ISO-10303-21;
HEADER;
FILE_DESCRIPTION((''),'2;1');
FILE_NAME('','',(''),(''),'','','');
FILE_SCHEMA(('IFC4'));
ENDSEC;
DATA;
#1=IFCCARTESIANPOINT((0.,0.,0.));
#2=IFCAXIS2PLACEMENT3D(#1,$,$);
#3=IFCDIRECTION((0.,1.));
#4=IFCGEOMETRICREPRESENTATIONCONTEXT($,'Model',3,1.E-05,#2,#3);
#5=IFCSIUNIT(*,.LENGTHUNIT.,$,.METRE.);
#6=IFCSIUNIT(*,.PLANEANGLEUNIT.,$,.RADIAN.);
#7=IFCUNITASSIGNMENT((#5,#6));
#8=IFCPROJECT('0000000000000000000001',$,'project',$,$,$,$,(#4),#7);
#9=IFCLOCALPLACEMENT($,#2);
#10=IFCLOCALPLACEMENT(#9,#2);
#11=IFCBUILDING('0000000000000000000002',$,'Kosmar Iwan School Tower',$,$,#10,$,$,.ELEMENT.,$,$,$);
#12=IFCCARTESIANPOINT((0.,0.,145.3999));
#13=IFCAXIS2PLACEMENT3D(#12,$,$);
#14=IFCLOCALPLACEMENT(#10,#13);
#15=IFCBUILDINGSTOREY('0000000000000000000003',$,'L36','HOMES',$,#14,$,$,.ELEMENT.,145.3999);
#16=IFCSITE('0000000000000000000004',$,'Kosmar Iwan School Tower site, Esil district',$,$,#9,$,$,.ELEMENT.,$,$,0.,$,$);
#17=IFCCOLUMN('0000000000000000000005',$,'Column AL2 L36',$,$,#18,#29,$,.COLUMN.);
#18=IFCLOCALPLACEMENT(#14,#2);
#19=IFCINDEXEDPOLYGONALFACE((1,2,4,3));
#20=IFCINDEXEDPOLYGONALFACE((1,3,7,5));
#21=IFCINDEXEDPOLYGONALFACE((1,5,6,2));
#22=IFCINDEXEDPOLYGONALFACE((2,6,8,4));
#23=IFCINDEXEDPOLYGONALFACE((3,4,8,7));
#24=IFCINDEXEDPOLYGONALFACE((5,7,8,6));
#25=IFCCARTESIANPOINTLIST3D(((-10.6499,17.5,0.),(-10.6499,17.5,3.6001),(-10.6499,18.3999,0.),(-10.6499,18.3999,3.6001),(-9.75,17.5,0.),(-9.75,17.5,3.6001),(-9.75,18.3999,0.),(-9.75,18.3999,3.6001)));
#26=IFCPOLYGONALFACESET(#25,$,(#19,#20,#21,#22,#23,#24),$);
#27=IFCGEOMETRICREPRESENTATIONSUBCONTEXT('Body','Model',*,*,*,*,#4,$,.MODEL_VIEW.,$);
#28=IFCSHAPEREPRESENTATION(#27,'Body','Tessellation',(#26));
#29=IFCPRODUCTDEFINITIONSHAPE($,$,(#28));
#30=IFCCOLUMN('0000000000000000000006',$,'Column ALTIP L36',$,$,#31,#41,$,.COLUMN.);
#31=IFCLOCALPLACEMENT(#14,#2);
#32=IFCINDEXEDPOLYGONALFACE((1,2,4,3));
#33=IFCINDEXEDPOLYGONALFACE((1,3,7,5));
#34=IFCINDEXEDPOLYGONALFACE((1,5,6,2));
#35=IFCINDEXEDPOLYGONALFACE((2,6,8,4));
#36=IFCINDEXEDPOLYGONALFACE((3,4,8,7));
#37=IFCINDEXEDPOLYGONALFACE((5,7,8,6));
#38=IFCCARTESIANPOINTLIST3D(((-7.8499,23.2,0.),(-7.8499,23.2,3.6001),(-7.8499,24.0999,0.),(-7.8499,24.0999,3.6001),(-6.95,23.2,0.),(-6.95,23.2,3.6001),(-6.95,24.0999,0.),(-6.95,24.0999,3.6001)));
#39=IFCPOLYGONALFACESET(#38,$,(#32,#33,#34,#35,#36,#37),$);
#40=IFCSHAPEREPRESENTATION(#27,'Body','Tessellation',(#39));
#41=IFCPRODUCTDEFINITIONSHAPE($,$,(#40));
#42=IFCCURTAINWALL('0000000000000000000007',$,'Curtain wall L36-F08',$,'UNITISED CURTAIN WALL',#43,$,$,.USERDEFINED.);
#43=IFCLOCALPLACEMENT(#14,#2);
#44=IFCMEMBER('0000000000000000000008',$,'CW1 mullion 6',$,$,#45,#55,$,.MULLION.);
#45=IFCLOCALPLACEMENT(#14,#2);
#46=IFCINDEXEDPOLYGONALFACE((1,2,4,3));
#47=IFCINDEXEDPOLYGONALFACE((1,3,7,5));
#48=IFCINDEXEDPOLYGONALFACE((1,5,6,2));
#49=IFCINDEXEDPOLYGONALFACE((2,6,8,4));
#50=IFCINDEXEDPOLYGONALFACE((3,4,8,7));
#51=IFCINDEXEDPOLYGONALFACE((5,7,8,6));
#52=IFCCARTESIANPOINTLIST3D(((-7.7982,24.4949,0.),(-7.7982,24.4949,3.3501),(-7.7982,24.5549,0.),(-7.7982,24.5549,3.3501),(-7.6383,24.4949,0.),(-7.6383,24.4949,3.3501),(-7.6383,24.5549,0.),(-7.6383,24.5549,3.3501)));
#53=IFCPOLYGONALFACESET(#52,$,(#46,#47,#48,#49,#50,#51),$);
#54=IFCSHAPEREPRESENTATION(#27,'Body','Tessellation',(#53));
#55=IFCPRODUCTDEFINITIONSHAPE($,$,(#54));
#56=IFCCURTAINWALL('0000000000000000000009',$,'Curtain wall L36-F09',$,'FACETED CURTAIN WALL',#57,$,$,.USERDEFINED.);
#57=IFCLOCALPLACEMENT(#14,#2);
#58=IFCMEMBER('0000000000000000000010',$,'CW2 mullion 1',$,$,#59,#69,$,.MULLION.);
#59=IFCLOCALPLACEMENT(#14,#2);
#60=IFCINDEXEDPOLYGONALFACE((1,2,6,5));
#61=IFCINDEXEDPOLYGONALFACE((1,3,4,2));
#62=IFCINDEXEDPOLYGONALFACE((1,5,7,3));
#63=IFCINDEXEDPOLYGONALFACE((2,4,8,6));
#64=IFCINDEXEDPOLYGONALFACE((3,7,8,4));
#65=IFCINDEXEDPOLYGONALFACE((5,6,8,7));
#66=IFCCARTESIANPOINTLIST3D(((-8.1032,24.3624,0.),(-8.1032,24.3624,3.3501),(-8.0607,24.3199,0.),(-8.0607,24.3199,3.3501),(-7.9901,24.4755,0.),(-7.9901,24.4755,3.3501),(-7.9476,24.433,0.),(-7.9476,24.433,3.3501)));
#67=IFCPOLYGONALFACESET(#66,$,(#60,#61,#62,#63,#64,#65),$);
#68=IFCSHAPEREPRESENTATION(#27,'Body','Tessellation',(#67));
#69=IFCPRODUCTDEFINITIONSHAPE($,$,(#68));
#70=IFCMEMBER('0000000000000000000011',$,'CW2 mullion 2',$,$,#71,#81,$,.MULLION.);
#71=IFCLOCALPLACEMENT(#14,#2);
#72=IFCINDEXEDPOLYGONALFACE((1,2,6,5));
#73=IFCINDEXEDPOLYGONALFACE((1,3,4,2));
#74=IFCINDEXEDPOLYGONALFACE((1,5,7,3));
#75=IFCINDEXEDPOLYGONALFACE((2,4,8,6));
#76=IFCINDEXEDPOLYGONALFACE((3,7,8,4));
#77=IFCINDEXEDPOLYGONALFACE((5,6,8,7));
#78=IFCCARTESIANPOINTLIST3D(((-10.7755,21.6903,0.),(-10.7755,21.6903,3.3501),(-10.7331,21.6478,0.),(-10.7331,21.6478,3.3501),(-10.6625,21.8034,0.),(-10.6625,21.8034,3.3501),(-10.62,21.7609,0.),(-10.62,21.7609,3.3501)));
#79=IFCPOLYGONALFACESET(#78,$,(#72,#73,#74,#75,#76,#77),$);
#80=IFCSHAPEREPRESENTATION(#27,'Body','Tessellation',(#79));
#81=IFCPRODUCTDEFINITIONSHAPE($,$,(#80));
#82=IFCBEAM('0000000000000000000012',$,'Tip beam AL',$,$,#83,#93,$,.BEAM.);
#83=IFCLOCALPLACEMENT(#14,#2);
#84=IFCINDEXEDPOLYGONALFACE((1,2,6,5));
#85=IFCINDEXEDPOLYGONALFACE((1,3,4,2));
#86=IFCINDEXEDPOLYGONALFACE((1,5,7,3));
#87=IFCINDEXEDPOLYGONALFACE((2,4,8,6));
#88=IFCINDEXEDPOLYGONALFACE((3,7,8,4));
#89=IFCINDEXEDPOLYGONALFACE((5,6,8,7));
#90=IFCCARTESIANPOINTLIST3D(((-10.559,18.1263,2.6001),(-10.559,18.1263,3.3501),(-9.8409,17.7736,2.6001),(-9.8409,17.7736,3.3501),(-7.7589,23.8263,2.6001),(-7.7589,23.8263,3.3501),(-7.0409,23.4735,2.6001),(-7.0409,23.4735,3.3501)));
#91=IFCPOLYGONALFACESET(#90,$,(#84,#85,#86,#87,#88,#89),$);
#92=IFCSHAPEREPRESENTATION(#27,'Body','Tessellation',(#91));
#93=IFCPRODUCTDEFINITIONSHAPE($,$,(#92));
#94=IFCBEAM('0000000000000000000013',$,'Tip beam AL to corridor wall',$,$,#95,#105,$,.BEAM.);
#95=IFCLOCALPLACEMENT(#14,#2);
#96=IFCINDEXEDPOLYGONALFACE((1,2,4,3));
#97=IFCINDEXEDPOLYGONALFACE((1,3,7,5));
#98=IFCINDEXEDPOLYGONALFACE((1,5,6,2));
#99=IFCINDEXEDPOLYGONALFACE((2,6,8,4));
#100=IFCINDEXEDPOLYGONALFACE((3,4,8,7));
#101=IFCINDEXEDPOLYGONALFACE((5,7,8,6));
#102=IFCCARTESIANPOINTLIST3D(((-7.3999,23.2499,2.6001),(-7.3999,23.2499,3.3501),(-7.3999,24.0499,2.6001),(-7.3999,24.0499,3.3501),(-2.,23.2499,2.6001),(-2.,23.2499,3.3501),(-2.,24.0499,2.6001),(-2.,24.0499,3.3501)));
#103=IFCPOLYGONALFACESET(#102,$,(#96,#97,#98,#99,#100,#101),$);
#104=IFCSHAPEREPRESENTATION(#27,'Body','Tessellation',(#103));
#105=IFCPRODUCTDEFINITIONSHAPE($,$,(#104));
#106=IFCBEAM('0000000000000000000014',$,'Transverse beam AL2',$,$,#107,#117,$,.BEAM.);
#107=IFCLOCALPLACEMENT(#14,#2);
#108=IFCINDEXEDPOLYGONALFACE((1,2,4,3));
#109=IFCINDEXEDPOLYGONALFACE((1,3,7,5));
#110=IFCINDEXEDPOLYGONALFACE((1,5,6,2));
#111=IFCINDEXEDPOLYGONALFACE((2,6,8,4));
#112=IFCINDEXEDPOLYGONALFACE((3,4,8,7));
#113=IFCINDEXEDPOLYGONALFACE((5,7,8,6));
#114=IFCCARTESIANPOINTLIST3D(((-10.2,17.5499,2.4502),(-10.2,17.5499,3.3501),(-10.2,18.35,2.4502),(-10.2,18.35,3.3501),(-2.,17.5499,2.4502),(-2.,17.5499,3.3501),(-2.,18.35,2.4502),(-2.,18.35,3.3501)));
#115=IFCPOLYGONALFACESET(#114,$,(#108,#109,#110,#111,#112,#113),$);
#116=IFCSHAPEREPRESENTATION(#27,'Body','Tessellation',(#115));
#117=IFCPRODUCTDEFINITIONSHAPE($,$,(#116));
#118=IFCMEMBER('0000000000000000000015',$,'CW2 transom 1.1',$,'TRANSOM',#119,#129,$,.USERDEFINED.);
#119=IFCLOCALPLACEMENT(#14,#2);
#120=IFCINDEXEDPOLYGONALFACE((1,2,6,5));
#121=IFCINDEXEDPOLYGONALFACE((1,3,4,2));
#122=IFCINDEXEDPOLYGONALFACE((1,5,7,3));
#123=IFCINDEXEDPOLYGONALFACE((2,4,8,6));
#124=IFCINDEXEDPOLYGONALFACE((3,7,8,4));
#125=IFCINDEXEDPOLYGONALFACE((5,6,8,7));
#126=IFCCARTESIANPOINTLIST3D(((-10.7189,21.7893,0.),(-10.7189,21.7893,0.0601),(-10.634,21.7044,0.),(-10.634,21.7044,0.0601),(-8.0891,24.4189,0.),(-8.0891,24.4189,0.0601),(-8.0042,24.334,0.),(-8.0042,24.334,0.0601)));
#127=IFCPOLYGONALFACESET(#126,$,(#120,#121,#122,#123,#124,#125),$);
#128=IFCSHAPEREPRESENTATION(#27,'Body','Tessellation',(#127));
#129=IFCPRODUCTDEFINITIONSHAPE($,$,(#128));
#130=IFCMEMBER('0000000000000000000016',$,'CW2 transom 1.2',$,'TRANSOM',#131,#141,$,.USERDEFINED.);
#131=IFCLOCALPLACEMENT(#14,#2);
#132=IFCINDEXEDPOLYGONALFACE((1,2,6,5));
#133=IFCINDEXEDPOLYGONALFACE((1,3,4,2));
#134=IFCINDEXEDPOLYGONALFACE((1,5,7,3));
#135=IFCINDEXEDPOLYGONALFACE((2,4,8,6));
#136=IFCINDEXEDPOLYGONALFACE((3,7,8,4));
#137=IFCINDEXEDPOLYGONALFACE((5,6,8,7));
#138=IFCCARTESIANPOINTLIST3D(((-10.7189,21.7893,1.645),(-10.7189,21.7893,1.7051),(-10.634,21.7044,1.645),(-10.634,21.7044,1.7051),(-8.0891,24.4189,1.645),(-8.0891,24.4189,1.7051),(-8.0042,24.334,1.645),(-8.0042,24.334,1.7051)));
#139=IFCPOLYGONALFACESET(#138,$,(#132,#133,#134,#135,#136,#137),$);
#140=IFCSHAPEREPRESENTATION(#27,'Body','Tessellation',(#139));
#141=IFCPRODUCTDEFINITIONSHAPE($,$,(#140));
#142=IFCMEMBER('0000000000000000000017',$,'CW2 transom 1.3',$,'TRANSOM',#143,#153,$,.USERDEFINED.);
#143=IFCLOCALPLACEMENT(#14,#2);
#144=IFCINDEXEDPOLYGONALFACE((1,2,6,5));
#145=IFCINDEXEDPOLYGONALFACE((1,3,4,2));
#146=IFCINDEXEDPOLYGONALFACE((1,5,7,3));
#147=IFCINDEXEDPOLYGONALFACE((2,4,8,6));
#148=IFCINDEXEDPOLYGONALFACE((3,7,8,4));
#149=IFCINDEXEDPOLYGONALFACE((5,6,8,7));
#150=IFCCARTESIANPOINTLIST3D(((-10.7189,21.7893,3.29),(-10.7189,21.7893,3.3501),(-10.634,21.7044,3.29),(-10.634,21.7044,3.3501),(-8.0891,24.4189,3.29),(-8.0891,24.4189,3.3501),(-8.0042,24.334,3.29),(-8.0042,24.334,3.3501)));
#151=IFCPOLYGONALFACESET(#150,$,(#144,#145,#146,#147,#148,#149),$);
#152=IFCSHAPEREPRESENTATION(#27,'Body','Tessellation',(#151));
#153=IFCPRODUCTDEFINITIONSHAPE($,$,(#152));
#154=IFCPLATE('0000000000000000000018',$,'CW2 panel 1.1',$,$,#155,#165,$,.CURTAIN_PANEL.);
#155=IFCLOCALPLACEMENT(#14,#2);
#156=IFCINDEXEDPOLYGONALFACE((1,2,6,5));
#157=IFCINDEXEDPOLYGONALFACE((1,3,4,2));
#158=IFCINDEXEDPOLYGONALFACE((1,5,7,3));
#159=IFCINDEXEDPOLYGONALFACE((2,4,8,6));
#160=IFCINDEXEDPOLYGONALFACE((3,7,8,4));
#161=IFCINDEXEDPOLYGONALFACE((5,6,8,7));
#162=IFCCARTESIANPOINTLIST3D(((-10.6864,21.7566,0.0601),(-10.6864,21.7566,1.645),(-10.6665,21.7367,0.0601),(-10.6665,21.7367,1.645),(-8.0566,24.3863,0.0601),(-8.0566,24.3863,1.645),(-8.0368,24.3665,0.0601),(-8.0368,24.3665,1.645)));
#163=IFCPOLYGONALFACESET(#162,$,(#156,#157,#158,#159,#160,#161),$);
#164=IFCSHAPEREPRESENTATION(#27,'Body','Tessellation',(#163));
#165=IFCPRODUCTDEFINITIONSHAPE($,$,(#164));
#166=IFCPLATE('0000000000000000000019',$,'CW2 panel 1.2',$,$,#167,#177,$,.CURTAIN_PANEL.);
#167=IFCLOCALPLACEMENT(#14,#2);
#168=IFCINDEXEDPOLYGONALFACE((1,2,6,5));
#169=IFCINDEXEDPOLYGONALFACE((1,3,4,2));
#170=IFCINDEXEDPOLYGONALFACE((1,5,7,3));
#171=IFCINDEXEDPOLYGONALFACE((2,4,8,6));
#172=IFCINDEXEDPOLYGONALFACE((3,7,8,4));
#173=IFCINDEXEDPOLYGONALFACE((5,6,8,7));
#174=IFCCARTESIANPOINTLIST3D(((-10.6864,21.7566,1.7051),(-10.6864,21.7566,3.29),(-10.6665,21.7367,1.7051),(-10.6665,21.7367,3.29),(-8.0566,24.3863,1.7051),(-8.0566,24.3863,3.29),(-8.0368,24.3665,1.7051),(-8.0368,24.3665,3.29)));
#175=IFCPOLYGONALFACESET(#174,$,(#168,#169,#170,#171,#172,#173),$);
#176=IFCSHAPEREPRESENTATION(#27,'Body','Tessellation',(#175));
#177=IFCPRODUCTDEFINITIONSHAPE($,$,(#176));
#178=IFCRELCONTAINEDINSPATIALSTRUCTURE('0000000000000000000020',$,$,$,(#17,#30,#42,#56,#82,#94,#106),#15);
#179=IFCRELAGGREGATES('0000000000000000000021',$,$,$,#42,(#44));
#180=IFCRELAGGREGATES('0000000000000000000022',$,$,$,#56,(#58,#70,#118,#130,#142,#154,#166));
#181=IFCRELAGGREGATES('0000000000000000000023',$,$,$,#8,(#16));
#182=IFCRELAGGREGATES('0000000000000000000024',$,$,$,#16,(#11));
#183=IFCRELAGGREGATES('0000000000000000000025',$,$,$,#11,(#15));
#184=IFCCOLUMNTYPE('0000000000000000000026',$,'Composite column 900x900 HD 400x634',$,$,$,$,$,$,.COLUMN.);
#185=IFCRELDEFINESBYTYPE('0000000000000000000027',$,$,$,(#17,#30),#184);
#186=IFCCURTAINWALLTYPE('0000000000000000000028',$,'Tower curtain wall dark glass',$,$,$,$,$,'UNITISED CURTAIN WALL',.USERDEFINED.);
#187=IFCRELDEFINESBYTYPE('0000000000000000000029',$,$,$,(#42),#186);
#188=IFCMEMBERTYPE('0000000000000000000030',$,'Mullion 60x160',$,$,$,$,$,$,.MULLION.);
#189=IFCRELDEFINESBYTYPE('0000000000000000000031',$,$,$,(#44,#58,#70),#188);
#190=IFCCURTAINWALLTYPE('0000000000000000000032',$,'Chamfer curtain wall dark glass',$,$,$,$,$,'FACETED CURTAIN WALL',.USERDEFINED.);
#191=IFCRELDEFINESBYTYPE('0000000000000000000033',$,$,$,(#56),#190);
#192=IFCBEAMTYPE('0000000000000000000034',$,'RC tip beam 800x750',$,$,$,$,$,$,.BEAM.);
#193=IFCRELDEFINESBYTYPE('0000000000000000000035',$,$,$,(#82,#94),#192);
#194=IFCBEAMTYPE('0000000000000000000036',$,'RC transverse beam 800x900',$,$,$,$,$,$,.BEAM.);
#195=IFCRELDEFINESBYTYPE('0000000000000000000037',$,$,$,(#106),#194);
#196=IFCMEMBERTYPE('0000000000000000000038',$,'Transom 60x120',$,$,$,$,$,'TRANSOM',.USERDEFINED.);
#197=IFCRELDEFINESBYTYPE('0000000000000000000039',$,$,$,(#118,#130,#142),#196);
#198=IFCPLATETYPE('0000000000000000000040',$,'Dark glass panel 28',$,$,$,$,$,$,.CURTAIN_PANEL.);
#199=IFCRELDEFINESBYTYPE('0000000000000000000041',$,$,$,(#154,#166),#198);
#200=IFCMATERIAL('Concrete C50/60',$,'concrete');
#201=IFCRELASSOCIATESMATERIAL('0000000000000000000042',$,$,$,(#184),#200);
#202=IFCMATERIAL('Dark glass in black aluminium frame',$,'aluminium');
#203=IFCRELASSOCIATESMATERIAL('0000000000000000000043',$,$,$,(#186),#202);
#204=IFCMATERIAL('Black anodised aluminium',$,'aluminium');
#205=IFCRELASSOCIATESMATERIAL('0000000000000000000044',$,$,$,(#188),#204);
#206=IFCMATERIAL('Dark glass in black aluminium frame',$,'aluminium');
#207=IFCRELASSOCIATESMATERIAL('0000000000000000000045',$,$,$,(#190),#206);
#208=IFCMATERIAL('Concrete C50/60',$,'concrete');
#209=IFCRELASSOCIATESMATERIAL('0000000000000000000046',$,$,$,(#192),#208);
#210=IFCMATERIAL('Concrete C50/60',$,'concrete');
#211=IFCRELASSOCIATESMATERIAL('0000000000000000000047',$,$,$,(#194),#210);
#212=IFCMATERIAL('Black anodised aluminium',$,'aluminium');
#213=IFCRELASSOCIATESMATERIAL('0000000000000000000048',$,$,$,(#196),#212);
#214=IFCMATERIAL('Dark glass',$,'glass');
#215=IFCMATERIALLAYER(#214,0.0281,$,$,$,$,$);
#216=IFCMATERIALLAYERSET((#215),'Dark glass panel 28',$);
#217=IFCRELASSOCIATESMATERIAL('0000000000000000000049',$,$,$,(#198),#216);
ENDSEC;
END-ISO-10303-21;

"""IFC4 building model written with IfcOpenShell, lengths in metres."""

from ifc_helpers import new_model, si_unit, direction, frame, origin, origin_2d, place, context, subcontext, project, spatial, rectangle, extrude, material, layer, layer_set, material_profile, profile_set, type_object, element, aggregate, save


model = new_model("IFC4")

# Units and contexts
model_context = context("Model", 3, precision=1e-05, world=origin(), true_north=direction((0.0, 1.0)))
body_context = subcontext(model_context, "Body", "Model", "MODEL_VIEW")
ifc_project = project(units=[si_unit("LENGTHUNIT", "METRE"), si_unit("PLANEANGLEUNIT", "RADIAN")], contexts=[model_context])

# Site, building, storey
site_placement = place(None, origin())
site = spatial("IfcSite", under=ifc_project, at=site_placement, Name="Kosmar Iwan School Tower site, Esil district", CompositionType="ELEMENT", RefElevation=0.0)
building_placement = place(site_placement, origin())
building = spatial("IfcBuilding", under=site, at=building_placement, Name="Kosmar Iwan School Tower", CompositionType="ELEMENT")
storey_placement = place(building_placement, frame((0.0, 0.0, 145.3999)))
storey = spatial("IfcBuildingStorey", under=building, at=storey_placement, Name="L36", Description="HOMES", CompositionType="ELEMENT", Elevation=145.3999)

# Columns
ifc_material_1 = material(Name="Concrete C50/60", Category="concrete")
ifc_material_profile_1 = material_profile(ifc_material_1, rectangle(XDim=0.8999, YDim=0.8999, at=origin_2d()), Name="RC 900x900 + HD 400x634")
ifc_profile_set_1 = profile_set([ifc_material_profile_1], Name="Concrete C50/60")
column_type = type_object("IfcColumnType", Name="Composite column 900x900 HD 400x634", PredefinedType="COLUMN", material=ifc_profile_set_1)
for number, where, z_axis, x_axis, name in (
    (1, (-10.2, 17.95, 0.0), (0.0, 0.0, 1.0), (0.0, 1.0, 0.0), "Column AL2 L36"),
    (2, (-7.3999, 23.6499, 0.0), (0.0, 0.0, 1.0), (0.0, 1.0, 0.0), "Column ALTIP L36"),
):
    element("IfcColumn", number, at=place(storey_placement, frame(where, z_axis=z_axis, x_axis=x_axis)), inside=storey, type_object=column_type, Name=name, PredefinedType="COLUMN", context=body_context, shape_type="SweptSolid", body=[
        extrude(rectangle(XDim=0.8999, YDim=0.8999, at=origin_2d()), origin(), (0.0, 0.0, 1.0), 3.6001),
    ])

# Curtain wall, member
ifc_material_2 = material(Name="Dark glass in black aluminium frame", Category="aluminium")
curtain_wall_type_1 = type_object("IfcCurtainWallType", Name="Tower curtain wall dark glass", ElementType="UNITISED CURTAIN WALL", PredefinedType="USERDEFINED", material=ifc_material_2)
curtain_wall_1_placement = place(storey_placement, origin())
curtain_wall_1 = element("IfcCurtainWall", 3, at=curtain_wall_1_placement, inside=storey, type_object=curtain_wall_type_1, Name="Curtain wall L36-F08", ObjectType="UNITISED CURTAIN WALL", PredefinedType="USERDEFINED")
ifc_material_3 = material(Name="Black anodised aluminium", Category="aluminium")
ifc_material_profile_2 = material_profile(ifc_material_3, rectangle(XDim=0.0601, YDim=0.1599, at=origin_2d()), Name="MULLION 60x160")
ifc_profile_set_2 = profile_set([ifc_material_profile_2], Name="Black anodised aluminium")
member_type_1 = type_object("IfcMemberType", Name="Mullion 60x160", PredefinedType="MULLION", material=ifc_profile_set_2)
member_1_placement = place(storey_placement, frame((-7.7183, 24.5249, 0.0), z_axis=(0.0, 0.0, 1.0), x_axis=(0.0, -1.0, 0.0)))
member_1 = element("IfcMember", 4, at=member_1_placement, type_object=member_type_1, Name="CW1 mullion 6", PredefinedType="MULLION", context=body_context, shape_type="SweptSolid", body=[
    extrude(rectangle(XDim=0.0601, YDim=0.1599, at=origin_2d()), origin(), (0.0, 0.0, 1.0), 3.3501),
])
aggregate(curtain_wall_1, [member_1])

# Curtain wall, members
ifc_material_4 = material(Name="Dark glass in black aluminium frame", Category="aluminium")
curtain_wall_type_2 = type_object("IfcCurtainWallType", Name="Chamfer curtain wall dark glass", ElementType="FACETED CURTAIN WALL", PredefinedType="USERDEFINED", material=ifc_material_4)
curtain_wall_2_placement = place(storey_placement, origin())
curtain_wall_2 = element("IfcCurtainWall", 5, at=curtain_wall_2_placement, inside=storey, type_object=curtain_wall_type_2, Name="Curtain wall L36-F09", ObjectType="FACETED CURTAIN WALL", PredefinedType="USERDEFINED")
member_2_placement = place(storey_placement, frame((-8.0254, 24.3977, 0.0), z_axis=(0.0, 0.0, 1.0), x_axis=(0.707107, -0.707107, 0.0)))
member_2 = element("IfcMember", 6, at=member_2_placement, type_object=member_type_1, Name="CW2 mullion 1", PredefinedType="MULLION", context=body_context, shape_type="SweptSolid", body=[
    extrude(rectangle(XDim=0.0601, YDim=0.1599, at=origin_2d()), origin(), (0.0, 0.0, 1.0), 3.3501),
])
member_3_placement = place(storey_placement, frame((-10.6978, 21.7256, 0.0), z_axis=(0.0, 0.0, 1.0), x_axis=(0.707107, -0.707107, 0.0)))
member_3 = element("IfcMember", 7, at=member_3_placement, type_object=member_type_1, Name="CW2 mullion 2", PredefinedType="MULLION", context=body_context, shape_type="SweptSolid", body=[
    extrude(rectangle(XDim=0.0601, YDim=0.1599, at=origin_2d()), origin(), (0.0, 0.0, 1.0), 3.3501),
])

# Beams
ifc_material_5 = material(Name="Concrete C50/60", Category="concrete")
ifc_material_profile_3 = material_profile(ifc_material_5, rectangle(XDim=0.8, YDim=0.75, at=origin_2d()), Name="RC 800x750")
ifc_profile_set_3 = profile_set([ifc_material_profile_3], Name="Concrete C50/60")
beam_type_1 = type_object("IfcBeamType", Name="RC tip beam 800x750", PredefinedType="BEAM", material=ifc_profile_set_3)
beam_1_placement = place(storey_placement, frame((-10.2, 17.95, 2.9751), z_axis=(0.440913, 0.89755, 0.0), x_axis=(-0.89755, 0.440913, 0.0)))
element("IfcBeam", 8, at=beam_1_placement, inside=storey, type_object=beam_type_1, Name="Tip beam AL", PredefinedType="BEAM", context=body_context, shape_type="SweptSolid", body=[
    extrude(rectangle(XDim=0.8, YDim=0.75, at=origin_2d()), origin(), (0.0, 0.0, 1.0), 6.3506),
])
beam_2_placement = place(storey_placement, frame((-7.3999, 23.6499, 2.9751), z_axis=(1.0, 0.0, 0.0), x_axis=(0.0, 1.0, 0.0)))
element("IfcBeam", 9, at=beam_2_placement, inside=storey, type_object=beam_type_1, Name="Tip beam AL to corridor wall", PredefinedType="BEAM", context=body_context, shape_type="SweptSolid", body=[
    extrude(rectangle(XDim=0.8, YDim=0.75, at=origin_2d()), origin(), (0.0, 0.0, 1.0), 5.3999),
])
ifc_material_6 = material(Name="Concrete C50/60", Category="concrete")
ifc_material_profile_4 = material_profile(ifc_material_6, rectangle(XDim=0.8, YDim=0.8999, at=origin_2d()), Name="RC 800x900")
ifc_profile_set_4 = profile_set([ifc_material_profile_4], Name="Concrete C50/60")
beam_type_2 = type_object("IfcBeamType", Name="RC transverse beam 800x900", PredefinedType="BEAM", material=ifc_profile_set_4)
beam_3_placement = place(storey_placement, frame((-10.2, 17.95, 2.9001), z_axis=(1.0, 0.0, 0.0), x_axis=(0.0, 1.0, 0.0)))
element("IfcBeam", 10, at=beam_3_placement, inside=storey, type_object=beam_type_2, Name="Transverse beam AL2", PredefinedType="BEAM", context=body_context, shape_type="SweptSolid", body=[
    extrude(rectangle(XDim=0.8, YDim=0.8999, at=origin_2d()), origin(), (0.0, 0.0, 1.0), 8.2),
])

# Members
ifc_material_7 = material(Name="Black anodised aluminium", Category="aluminium")
ifc_material_profile_5 = material_profile(ifc_material_7, rectangle(XDim=0.1201, YDim=0.0601, at=origin_2d()), Name="TRANSOM 60x120")
ifc_profile_set_5 = profile_set([ifc_material_profile_5], Name="Black anodised aluminium")
member_type_2 = type_object("IfcMemberType", Name="Transom 60x120", ElementType="TRANSOM", PredefinedType="USERDEFINED", material=ifc_profile_set_5)
member_4_placement = place(storey_placement, frame((-8.0466, 24.3765, 0.03), z_axis=(-0.70714, -0.707074, 0.0), x_axis=(0.707074, -0.70714, 0.0)))
member_4 = element("IfcMember", 11, at=member_4_placement, type_object=member_type_2, Name="CW2 transom 1.1", ObjectType="TRANSOM", PredefinedType="USERDEFINED", context=body_context, shape_type="SweptSolid", body=[
    extrude(rectangle(XDim=0.1201, YDim=0.0601, at=origin_2d()), origin(), (0.0, 0.0, 1.0), 3.719),
])
member_5_placement = place(storey_placement, frame((-8.0466, 24.3765, 1.675), z_axis=(-0.70714, -0.707074, 0.0), x_axis=(0.707074, -0.70714, 0.0)))
member_5 = element("IfcMember", 12, at=member_5_placement, type_object=member_type_2, Name="CW2 transom 1.2", ObjectType="TRANSOM", PredefinedType="USERDEFINED", context=body_context, shape_type="SweptSolid", body=[
    extrude(rectangle(XDim=0.1201, YDim=0.0601, at=origin_2d()), origin(), (0.0, 0.0, 1.0), 3.719),
])
member_6_placement = place(storey_placement, frame((-8.0466, 24.3765, 3.3201), z_axis=(-0.70714, -0.707074, 0.0), x_axis=(0.707074, -0.70714, 0.0)))
member_6 = element("IfcMember", 13, at=member_6_placement, type_object=member_type_2, Name="CW2 transom 1.3", ObjectType="TRANSOM", PredefinedType="USERDEFINED", context=body_context, shape_type="SweptSolid", body=[
    extrude(rectangle(XDim=0.1201, YDim=0.0601, at=origin_2d()), origin(), (0.0, 0.0, 1.0), 3.719),
])

# Plates
ifc_material_8 = material(Name="Dark glass", Category="glass")
ifc_layer = layer(ifc_material_8, 0.0281)
ifc_layer_set = layer_set([ifc_layer], Name="Dark glass panel 28")
plate_type = type_object("IfcPlateType", Name="Dark glass panel 28", PredefinedType="CURTAIN_PANEL", material=ifc_layer_set)
plate_1_placement = place(storey_placement, frame((-9.3616, 23.0615, 0.0601), z_axis=(0.0, 0.0, 1.0), x_axis=(-0.707107, -0.707107, 0.0)))
plate_1 = element("IfcPlate", 14, at=plate_1_placement, type_object=plate_type, Name="CW2 panel 1.1", PredefinedType="CURTAIN_PANEL", context=body_context, shape_type="SweptSolid", body=[
    extrude(rectangle(XDim=3.719, YDim=0.0281, at=origin_2d()), origin(), (0.0, 0.0, 1.0), 1.585),
])
plate_2_placement = place(storey_placement, frame((-9.3616, 23.0615, 1.7051), z_axis=(0.0, 0.0, 1.0), x_axis=(-0.707107, -0.707107, 0.0)))
plate_2 = element("IfcPlate", 15, at=plate_2_placement, type_object=plate_type, Name="CW2 panel 1.2", PredefinedType="CURTAIN_PANEL", context=body_context, shape_type="SweptSolid", body=[
    extrude(rectangle(XDim=3.719, YDim=0.0281, at=origin_2d()), origin(), (0.0, 0.0, 1.0), 1.585),
])
aggregate(curtain_wall_2, [member_2, member_3, member_4, member_5, member_6, plate_1, plate_2])

save(model, "model.ifc")
